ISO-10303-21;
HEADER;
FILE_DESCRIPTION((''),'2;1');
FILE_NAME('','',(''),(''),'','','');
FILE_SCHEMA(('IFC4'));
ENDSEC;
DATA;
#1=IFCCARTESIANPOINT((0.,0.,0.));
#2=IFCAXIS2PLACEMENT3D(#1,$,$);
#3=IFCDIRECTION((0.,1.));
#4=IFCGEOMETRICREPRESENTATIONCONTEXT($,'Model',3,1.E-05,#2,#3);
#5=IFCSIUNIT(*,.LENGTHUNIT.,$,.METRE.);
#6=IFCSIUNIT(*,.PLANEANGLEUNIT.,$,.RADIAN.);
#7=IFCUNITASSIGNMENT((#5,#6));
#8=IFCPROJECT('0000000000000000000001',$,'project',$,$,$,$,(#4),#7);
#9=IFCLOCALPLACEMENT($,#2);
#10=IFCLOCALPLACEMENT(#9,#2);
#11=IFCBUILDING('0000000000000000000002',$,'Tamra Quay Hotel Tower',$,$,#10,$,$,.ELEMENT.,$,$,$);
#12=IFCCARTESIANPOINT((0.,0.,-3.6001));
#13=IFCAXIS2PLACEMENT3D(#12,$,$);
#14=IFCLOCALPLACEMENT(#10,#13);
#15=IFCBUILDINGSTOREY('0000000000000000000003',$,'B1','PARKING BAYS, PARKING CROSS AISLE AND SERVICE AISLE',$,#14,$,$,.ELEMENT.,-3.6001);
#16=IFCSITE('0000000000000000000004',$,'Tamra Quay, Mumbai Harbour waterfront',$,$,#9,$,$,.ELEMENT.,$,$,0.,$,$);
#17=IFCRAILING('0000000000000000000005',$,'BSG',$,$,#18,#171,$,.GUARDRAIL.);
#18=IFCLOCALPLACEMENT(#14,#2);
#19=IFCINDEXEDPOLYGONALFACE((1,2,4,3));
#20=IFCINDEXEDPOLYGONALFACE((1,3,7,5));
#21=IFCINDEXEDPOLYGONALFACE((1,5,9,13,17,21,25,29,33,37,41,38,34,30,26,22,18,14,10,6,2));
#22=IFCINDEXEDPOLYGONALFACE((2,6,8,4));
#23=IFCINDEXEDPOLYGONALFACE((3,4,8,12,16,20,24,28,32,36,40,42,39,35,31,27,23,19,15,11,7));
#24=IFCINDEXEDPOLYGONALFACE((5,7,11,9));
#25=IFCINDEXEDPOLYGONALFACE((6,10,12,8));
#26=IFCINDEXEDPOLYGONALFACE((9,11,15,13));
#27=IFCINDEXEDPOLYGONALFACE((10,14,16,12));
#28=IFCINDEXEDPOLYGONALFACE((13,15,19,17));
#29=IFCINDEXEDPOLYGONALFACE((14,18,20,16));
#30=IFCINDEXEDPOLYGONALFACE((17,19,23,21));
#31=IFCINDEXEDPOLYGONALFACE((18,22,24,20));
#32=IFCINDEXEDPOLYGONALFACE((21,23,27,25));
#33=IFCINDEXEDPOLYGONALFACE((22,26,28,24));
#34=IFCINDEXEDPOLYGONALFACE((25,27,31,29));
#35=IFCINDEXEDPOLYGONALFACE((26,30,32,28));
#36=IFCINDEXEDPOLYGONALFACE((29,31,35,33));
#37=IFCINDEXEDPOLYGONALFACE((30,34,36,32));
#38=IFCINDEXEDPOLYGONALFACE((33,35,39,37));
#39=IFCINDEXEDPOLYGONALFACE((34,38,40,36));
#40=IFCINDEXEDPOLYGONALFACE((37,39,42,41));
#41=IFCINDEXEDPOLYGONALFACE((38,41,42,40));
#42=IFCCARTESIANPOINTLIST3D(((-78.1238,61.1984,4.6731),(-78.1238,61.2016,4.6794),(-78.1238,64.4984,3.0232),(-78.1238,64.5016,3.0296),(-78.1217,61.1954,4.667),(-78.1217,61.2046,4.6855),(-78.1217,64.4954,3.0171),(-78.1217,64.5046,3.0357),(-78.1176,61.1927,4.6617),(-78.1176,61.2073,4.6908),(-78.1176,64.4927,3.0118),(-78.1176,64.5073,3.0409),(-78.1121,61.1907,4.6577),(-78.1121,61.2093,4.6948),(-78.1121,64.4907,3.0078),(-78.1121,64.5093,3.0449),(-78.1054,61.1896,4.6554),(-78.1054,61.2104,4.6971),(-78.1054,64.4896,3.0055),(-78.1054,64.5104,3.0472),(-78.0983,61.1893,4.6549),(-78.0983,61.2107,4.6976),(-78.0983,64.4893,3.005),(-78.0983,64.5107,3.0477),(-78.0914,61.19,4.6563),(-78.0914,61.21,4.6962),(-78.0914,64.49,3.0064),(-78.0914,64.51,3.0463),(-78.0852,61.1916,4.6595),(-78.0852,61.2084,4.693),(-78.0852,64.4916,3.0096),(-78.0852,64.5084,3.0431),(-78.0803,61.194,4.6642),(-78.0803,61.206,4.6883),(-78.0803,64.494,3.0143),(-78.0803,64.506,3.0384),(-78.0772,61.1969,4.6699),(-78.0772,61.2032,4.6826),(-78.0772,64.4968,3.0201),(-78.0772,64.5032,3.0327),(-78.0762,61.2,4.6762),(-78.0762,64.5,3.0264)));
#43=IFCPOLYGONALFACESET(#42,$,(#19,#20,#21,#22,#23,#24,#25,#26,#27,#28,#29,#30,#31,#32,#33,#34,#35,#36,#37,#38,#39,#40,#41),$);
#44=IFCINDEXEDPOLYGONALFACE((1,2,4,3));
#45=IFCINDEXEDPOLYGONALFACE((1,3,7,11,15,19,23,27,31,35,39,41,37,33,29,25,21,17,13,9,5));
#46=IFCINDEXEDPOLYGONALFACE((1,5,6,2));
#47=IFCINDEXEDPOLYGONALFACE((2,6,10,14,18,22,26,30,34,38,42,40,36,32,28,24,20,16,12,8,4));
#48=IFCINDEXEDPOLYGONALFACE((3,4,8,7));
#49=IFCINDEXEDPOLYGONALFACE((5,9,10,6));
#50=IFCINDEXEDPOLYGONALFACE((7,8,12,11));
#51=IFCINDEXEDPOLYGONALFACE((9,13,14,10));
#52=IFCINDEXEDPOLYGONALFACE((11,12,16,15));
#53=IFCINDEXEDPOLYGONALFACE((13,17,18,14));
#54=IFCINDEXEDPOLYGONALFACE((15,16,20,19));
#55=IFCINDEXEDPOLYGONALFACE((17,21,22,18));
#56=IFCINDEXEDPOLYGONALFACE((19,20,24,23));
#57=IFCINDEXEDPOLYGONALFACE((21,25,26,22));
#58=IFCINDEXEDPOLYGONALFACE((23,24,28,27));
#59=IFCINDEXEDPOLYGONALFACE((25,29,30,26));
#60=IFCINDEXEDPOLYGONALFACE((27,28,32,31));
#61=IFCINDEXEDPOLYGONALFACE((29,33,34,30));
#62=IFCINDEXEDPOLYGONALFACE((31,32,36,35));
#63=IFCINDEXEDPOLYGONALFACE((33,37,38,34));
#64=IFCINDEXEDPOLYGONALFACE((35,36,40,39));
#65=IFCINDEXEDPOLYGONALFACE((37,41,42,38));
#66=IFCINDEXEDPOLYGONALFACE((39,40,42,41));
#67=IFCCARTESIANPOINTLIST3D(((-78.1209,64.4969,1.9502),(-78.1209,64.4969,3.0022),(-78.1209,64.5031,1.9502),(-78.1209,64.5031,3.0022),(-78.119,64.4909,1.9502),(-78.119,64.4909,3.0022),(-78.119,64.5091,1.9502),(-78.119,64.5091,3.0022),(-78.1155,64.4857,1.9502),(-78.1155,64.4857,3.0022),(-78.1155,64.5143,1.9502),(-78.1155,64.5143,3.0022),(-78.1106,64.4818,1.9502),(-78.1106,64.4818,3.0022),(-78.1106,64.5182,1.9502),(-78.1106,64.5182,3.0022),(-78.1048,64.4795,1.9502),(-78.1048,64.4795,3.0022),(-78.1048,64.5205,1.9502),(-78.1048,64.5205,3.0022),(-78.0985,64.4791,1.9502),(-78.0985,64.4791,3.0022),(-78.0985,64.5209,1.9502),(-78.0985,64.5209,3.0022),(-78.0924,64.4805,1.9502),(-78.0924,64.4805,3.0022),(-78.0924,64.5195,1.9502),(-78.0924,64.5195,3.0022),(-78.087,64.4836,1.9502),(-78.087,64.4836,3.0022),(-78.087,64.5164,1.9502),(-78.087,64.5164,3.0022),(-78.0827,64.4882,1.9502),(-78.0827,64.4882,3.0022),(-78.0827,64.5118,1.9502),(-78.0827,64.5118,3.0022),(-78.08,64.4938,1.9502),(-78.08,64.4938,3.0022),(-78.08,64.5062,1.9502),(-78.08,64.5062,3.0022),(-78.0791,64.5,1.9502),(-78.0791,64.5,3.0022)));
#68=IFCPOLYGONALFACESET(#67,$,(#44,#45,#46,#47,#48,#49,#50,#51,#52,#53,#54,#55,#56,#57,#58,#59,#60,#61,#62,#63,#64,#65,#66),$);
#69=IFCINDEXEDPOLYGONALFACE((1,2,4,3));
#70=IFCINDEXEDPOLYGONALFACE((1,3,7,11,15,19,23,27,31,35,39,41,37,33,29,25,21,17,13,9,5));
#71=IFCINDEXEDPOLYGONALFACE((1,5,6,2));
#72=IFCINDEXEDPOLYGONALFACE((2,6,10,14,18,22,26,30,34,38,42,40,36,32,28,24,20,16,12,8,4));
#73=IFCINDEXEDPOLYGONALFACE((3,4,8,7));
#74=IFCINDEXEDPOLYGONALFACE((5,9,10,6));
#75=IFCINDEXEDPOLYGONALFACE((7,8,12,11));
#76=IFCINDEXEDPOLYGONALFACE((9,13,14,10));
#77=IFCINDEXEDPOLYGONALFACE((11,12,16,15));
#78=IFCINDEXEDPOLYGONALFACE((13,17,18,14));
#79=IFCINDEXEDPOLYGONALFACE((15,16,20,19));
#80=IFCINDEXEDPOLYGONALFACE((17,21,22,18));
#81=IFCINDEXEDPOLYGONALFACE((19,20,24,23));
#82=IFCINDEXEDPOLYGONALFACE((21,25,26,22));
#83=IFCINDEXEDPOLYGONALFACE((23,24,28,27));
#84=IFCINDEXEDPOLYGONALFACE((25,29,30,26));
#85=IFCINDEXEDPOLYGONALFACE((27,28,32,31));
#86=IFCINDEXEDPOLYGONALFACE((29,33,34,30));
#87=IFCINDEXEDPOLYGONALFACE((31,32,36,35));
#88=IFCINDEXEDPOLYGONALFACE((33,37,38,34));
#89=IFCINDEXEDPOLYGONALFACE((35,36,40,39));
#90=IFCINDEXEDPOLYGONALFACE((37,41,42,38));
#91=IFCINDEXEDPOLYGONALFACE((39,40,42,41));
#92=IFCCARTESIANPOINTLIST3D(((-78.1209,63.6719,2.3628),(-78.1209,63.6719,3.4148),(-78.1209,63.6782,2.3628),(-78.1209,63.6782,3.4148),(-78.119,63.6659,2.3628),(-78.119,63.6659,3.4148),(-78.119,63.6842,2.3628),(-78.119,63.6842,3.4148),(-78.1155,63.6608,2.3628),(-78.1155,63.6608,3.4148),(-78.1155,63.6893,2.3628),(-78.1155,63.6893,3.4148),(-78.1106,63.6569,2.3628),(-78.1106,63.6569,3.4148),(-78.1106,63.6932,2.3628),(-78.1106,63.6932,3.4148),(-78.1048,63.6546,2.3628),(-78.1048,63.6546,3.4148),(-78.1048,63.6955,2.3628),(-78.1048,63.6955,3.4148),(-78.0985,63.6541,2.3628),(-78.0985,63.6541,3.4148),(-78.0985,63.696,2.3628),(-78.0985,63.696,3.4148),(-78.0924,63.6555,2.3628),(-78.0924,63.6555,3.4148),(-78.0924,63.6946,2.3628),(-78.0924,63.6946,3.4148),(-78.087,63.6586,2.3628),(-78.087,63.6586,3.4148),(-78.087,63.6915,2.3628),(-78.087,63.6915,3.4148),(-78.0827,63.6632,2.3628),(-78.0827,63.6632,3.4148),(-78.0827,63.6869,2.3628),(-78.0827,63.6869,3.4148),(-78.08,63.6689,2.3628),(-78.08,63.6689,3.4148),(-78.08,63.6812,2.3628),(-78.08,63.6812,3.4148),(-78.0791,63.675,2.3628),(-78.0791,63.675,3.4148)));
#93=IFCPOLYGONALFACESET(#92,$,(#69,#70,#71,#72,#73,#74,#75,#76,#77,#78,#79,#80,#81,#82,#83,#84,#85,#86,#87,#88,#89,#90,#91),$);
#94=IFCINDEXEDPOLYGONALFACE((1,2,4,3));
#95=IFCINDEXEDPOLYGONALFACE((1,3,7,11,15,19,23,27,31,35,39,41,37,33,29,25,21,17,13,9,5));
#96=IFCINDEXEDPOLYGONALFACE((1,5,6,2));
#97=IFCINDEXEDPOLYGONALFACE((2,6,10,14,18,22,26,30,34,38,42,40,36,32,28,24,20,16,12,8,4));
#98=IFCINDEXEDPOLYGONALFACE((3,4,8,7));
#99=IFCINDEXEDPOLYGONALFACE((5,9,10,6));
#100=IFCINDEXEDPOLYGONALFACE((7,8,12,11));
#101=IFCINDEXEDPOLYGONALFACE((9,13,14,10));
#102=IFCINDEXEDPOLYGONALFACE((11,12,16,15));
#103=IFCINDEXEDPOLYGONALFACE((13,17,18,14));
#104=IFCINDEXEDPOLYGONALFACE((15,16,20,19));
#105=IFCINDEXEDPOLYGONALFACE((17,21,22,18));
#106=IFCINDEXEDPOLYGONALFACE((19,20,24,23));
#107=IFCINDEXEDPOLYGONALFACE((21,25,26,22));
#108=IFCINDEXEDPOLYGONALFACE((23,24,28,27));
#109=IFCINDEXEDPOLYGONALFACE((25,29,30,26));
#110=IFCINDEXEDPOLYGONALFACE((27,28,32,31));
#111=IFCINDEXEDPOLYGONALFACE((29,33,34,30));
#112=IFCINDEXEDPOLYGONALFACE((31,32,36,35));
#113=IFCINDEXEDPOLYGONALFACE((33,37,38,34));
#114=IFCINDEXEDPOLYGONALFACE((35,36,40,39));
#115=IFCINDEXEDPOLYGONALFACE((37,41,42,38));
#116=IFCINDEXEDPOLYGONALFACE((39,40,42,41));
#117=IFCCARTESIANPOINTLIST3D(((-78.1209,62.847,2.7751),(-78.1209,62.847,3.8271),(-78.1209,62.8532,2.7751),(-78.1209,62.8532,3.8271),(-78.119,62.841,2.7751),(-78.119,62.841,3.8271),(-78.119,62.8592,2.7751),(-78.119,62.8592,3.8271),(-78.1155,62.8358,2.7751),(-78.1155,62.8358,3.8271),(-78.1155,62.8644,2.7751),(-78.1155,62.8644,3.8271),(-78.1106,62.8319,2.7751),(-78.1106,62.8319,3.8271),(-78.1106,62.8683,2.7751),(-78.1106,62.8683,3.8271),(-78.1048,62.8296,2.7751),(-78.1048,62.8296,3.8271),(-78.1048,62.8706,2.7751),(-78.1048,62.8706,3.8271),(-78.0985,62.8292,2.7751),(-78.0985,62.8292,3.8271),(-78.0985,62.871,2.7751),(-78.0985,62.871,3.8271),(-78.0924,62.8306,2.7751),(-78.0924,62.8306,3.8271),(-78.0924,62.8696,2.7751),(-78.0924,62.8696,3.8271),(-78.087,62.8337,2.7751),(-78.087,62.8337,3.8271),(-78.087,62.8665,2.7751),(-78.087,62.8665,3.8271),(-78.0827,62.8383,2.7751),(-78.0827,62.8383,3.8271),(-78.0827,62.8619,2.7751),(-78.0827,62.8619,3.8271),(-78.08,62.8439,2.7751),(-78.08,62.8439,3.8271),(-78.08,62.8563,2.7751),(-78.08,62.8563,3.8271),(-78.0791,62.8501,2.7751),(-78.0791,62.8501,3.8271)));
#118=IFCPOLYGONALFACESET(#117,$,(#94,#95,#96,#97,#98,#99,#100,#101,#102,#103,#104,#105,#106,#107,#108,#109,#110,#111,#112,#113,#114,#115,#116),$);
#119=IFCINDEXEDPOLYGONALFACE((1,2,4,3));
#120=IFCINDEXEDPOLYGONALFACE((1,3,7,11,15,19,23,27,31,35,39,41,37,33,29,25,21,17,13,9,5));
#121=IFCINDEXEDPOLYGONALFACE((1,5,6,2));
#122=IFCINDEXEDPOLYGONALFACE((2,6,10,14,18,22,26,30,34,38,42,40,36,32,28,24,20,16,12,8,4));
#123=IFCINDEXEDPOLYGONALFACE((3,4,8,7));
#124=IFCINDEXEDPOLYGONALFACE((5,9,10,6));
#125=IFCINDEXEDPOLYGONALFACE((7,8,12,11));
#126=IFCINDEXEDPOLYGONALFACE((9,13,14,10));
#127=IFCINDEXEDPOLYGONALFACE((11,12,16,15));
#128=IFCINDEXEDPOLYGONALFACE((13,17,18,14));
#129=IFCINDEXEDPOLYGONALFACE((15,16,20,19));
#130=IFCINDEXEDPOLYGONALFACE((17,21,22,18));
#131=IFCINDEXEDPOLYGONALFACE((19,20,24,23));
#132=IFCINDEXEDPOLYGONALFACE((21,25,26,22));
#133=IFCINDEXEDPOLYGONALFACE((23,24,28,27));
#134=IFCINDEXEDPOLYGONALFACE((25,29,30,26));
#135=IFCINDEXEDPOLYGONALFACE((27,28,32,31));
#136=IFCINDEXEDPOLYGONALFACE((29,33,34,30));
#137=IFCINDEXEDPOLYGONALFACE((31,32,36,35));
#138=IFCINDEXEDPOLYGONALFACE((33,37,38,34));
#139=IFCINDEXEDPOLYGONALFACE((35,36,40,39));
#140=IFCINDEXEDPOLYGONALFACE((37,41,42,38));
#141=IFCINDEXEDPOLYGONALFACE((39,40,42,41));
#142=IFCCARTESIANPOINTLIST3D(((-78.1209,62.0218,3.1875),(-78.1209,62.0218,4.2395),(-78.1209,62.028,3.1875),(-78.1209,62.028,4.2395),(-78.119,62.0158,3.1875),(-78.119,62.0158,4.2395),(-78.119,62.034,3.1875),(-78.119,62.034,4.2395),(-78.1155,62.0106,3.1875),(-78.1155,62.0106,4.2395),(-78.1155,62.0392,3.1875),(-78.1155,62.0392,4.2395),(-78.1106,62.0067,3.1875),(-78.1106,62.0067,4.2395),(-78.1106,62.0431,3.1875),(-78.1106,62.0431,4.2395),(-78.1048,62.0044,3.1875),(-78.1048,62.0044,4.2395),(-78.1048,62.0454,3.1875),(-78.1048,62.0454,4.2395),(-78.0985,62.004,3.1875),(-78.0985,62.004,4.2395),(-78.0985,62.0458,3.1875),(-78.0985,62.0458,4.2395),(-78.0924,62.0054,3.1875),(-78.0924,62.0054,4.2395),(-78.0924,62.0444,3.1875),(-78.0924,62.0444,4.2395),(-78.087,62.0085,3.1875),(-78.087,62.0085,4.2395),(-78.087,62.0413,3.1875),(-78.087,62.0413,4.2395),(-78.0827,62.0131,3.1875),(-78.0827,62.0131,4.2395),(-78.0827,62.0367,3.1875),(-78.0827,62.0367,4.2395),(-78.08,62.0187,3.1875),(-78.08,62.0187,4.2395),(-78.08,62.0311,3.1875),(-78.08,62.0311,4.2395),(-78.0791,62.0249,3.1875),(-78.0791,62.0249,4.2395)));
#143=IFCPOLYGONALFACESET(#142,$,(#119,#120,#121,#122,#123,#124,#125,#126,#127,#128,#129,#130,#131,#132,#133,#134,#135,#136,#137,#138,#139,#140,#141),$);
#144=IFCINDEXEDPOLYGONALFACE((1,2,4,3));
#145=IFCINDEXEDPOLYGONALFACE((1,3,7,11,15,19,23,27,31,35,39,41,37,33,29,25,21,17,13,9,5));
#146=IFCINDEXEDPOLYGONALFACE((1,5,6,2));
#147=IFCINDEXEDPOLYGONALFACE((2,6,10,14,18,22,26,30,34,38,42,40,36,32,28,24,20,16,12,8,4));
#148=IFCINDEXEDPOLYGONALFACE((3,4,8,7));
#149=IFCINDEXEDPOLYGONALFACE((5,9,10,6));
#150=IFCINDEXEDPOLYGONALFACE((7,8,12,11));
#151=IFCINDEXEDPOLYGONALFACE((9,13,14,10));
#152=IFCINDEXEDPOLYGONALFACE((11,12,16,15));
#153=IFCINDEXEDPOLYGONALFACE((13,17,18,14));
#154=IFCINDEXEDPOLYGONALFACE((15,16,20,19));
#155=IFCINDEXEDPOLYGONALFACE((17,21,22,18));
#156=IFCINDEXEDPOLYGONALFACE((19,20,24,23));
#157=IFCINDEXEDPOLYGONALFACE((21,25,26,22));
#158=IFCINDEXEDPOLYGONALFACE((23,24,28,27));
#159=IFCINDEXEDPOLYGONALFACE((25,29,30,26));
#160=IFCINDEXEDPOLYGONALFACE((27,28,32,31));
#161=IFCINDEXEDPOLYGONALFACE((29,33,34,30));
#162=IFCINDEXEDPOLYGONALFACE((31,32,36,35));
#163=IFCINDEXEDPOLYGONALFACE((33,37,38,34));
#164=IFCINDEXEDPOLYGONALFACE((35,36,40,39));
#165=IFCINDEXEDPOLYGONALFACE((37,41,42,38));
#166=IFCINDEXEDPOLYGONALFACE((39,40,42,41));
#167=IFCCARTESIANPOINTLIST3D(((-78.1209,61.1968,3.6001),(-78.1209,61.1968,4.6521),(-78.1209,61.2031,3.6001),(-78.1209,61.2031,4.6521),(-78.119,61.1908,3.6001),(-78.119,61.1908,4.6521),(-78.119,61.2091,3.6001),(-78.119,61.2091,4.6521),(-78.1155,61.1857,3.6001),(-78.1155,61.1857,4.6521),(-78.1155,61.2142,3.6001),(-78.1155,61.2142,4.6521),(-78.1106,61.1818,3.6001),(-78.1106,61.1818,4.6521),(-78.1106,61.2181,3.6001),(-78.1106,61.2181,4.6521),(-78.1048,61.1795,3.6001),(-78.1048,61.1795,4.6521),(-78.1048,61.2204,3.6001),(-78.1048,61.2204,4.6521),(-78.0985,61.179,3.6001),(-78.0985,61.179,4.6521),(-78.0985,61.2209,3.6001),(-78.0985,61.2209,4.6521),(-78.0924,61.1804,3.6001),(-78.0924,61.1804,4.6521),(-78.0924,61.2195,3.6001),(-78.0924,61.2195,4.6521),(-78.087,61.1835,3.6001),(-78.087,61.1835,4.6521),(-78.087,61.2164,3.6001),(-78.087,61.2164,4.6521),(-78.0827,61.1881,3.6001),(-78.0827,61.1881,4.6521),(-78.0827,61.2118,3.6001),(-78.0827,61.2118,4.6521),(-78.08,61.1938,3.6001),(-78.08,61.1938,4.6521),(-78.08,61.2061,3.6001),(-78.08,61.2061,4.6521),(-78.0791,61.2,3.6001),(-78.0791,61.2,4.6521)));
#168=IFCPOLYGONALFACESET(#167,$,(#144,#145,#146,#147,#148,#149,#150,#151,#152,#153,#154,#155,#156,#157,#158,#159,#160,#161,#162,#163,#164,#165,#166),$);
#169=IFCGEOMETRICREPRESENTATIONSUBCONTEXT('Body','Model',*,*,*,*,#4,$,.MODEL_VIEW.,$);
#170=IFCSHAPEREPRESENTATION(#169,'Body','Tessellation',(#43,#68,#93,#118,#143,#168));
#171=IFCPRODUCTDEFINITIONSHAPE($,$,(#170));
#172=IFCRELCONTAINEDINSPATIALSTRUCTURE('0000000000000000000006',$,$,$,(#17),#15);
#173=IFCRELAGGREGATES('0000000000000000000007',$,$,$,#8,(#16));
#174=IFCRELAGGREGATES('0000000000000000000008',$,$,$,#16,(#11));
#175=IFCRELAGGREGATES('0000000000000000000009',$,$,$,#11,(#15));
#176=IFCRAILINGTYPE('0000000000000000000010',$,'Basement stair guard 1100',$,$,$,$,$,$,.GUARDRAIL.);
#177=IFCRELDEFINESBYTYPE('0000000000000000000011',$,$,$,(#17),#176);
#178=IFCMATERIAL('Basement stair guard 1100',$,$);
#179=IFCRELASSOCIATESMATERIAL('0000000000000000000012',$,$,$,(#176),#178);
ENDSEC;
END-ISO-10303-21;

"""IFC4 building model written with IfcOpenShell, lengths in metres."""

from ifc_helpers import new_model, si_unit, direction, frame, origin, origin_2d, place, context, subcontext, project, spatial, circle, extrude, material, type_object, element, save


model = new_model("IFC4")

# Units and contexts
model_context = context("Model", 3, precision=1e-05, world=origin(), true_north=direction((0.0, 1.0)))
body_context = subcontext(model_context, "Body", "Model", "MODEL_VIEW")
ifc_project = project(units=[si_unit("LENGTHUNIT", "METRE"), si_unit("PLANEANGLEUNIT", "RADIAN")], contexts=[model_context])

# Site, building, storey
site_placement = place(None, origin())
site = spatial("IfcSite", under=ifc_project, at=site_placement, Name="Tamra Quay, Mumbai Harbour waterfront", CompositionType="ELEMENT", RefElevation=0.0)
building_placement = place(site_placement, origin())
building = spatial("IfcBuilding", under=site, at=building_placement, Name="Tamra Quay Hotel Tower", CompositionType="ELEMENT")
storey_placement = place(building_placement, frame((0.0, 0.0, -3.6001)))
storey = spatial("IfcBuildingStorey", under=building, at=storey_placement, Name="B1", Description="PARKING BAYS, PARKING CROSS AISLE AND SERVICE AISLE", CompositionType="ELEMENT", Elevation=-3.6001)

# Railing
ifc_material_1 = material(Name="Basement stair guard 1100")
railing_type_1 = type_object("IfcRailingType", Name="Basement stair guard 1100", PredefinedType="GUARDRAIL", material=ifc_material_1)
railing_1_placement = place(storey_placement, frame((-78.1001, 64.5, 1.9502)))
element("IfcRailing", 1, at=railing_1_placement, inside=storey, type_object=railing_type_1, Name="BSG", PredefinedType="GUARDRAIL", context=body_context, shape_type="SweptSolid", body=[
    extrude(circle(Radius=0.0239, at=origin_2d()), frame((0.0, 0.0, 1.0762), z_axis=(0.0, -0.89444, 0.447187), x_axis=(1.0, 0.0, 0.0)), (0.0, 0.0, 1.0), 3.6895),
    extrude(circle(Radius=0.021, at=origin_2d()), origin(), (0.0, 0.0, 1.0), 1.052),
    extrude(circle(Radius=0.021, at=origin_2d()), frame((0.0, -0.825, 0.4126)), (0.0, 0.0, 1.0), 1.052),
    extrude(circle(Radius=0.021, at=origin_2d()), frame((0.0, -1.6499, 0.825)), (0.0, 0.0, 1.0), 1.052),
    extrude(circle(Radius=0.021, at=origin_2d()), frame((0.0, -2.4751, 1.2373)), (0.0, 0.0, 1.0), 1.052),
    extrude(circle(Radius=0.021, at=origin_2d()), frame((0.0, -3.3, 1.6499)), (0.0, 0.0, 1.0), 1.052),
])

save(model, "model.ifc")
